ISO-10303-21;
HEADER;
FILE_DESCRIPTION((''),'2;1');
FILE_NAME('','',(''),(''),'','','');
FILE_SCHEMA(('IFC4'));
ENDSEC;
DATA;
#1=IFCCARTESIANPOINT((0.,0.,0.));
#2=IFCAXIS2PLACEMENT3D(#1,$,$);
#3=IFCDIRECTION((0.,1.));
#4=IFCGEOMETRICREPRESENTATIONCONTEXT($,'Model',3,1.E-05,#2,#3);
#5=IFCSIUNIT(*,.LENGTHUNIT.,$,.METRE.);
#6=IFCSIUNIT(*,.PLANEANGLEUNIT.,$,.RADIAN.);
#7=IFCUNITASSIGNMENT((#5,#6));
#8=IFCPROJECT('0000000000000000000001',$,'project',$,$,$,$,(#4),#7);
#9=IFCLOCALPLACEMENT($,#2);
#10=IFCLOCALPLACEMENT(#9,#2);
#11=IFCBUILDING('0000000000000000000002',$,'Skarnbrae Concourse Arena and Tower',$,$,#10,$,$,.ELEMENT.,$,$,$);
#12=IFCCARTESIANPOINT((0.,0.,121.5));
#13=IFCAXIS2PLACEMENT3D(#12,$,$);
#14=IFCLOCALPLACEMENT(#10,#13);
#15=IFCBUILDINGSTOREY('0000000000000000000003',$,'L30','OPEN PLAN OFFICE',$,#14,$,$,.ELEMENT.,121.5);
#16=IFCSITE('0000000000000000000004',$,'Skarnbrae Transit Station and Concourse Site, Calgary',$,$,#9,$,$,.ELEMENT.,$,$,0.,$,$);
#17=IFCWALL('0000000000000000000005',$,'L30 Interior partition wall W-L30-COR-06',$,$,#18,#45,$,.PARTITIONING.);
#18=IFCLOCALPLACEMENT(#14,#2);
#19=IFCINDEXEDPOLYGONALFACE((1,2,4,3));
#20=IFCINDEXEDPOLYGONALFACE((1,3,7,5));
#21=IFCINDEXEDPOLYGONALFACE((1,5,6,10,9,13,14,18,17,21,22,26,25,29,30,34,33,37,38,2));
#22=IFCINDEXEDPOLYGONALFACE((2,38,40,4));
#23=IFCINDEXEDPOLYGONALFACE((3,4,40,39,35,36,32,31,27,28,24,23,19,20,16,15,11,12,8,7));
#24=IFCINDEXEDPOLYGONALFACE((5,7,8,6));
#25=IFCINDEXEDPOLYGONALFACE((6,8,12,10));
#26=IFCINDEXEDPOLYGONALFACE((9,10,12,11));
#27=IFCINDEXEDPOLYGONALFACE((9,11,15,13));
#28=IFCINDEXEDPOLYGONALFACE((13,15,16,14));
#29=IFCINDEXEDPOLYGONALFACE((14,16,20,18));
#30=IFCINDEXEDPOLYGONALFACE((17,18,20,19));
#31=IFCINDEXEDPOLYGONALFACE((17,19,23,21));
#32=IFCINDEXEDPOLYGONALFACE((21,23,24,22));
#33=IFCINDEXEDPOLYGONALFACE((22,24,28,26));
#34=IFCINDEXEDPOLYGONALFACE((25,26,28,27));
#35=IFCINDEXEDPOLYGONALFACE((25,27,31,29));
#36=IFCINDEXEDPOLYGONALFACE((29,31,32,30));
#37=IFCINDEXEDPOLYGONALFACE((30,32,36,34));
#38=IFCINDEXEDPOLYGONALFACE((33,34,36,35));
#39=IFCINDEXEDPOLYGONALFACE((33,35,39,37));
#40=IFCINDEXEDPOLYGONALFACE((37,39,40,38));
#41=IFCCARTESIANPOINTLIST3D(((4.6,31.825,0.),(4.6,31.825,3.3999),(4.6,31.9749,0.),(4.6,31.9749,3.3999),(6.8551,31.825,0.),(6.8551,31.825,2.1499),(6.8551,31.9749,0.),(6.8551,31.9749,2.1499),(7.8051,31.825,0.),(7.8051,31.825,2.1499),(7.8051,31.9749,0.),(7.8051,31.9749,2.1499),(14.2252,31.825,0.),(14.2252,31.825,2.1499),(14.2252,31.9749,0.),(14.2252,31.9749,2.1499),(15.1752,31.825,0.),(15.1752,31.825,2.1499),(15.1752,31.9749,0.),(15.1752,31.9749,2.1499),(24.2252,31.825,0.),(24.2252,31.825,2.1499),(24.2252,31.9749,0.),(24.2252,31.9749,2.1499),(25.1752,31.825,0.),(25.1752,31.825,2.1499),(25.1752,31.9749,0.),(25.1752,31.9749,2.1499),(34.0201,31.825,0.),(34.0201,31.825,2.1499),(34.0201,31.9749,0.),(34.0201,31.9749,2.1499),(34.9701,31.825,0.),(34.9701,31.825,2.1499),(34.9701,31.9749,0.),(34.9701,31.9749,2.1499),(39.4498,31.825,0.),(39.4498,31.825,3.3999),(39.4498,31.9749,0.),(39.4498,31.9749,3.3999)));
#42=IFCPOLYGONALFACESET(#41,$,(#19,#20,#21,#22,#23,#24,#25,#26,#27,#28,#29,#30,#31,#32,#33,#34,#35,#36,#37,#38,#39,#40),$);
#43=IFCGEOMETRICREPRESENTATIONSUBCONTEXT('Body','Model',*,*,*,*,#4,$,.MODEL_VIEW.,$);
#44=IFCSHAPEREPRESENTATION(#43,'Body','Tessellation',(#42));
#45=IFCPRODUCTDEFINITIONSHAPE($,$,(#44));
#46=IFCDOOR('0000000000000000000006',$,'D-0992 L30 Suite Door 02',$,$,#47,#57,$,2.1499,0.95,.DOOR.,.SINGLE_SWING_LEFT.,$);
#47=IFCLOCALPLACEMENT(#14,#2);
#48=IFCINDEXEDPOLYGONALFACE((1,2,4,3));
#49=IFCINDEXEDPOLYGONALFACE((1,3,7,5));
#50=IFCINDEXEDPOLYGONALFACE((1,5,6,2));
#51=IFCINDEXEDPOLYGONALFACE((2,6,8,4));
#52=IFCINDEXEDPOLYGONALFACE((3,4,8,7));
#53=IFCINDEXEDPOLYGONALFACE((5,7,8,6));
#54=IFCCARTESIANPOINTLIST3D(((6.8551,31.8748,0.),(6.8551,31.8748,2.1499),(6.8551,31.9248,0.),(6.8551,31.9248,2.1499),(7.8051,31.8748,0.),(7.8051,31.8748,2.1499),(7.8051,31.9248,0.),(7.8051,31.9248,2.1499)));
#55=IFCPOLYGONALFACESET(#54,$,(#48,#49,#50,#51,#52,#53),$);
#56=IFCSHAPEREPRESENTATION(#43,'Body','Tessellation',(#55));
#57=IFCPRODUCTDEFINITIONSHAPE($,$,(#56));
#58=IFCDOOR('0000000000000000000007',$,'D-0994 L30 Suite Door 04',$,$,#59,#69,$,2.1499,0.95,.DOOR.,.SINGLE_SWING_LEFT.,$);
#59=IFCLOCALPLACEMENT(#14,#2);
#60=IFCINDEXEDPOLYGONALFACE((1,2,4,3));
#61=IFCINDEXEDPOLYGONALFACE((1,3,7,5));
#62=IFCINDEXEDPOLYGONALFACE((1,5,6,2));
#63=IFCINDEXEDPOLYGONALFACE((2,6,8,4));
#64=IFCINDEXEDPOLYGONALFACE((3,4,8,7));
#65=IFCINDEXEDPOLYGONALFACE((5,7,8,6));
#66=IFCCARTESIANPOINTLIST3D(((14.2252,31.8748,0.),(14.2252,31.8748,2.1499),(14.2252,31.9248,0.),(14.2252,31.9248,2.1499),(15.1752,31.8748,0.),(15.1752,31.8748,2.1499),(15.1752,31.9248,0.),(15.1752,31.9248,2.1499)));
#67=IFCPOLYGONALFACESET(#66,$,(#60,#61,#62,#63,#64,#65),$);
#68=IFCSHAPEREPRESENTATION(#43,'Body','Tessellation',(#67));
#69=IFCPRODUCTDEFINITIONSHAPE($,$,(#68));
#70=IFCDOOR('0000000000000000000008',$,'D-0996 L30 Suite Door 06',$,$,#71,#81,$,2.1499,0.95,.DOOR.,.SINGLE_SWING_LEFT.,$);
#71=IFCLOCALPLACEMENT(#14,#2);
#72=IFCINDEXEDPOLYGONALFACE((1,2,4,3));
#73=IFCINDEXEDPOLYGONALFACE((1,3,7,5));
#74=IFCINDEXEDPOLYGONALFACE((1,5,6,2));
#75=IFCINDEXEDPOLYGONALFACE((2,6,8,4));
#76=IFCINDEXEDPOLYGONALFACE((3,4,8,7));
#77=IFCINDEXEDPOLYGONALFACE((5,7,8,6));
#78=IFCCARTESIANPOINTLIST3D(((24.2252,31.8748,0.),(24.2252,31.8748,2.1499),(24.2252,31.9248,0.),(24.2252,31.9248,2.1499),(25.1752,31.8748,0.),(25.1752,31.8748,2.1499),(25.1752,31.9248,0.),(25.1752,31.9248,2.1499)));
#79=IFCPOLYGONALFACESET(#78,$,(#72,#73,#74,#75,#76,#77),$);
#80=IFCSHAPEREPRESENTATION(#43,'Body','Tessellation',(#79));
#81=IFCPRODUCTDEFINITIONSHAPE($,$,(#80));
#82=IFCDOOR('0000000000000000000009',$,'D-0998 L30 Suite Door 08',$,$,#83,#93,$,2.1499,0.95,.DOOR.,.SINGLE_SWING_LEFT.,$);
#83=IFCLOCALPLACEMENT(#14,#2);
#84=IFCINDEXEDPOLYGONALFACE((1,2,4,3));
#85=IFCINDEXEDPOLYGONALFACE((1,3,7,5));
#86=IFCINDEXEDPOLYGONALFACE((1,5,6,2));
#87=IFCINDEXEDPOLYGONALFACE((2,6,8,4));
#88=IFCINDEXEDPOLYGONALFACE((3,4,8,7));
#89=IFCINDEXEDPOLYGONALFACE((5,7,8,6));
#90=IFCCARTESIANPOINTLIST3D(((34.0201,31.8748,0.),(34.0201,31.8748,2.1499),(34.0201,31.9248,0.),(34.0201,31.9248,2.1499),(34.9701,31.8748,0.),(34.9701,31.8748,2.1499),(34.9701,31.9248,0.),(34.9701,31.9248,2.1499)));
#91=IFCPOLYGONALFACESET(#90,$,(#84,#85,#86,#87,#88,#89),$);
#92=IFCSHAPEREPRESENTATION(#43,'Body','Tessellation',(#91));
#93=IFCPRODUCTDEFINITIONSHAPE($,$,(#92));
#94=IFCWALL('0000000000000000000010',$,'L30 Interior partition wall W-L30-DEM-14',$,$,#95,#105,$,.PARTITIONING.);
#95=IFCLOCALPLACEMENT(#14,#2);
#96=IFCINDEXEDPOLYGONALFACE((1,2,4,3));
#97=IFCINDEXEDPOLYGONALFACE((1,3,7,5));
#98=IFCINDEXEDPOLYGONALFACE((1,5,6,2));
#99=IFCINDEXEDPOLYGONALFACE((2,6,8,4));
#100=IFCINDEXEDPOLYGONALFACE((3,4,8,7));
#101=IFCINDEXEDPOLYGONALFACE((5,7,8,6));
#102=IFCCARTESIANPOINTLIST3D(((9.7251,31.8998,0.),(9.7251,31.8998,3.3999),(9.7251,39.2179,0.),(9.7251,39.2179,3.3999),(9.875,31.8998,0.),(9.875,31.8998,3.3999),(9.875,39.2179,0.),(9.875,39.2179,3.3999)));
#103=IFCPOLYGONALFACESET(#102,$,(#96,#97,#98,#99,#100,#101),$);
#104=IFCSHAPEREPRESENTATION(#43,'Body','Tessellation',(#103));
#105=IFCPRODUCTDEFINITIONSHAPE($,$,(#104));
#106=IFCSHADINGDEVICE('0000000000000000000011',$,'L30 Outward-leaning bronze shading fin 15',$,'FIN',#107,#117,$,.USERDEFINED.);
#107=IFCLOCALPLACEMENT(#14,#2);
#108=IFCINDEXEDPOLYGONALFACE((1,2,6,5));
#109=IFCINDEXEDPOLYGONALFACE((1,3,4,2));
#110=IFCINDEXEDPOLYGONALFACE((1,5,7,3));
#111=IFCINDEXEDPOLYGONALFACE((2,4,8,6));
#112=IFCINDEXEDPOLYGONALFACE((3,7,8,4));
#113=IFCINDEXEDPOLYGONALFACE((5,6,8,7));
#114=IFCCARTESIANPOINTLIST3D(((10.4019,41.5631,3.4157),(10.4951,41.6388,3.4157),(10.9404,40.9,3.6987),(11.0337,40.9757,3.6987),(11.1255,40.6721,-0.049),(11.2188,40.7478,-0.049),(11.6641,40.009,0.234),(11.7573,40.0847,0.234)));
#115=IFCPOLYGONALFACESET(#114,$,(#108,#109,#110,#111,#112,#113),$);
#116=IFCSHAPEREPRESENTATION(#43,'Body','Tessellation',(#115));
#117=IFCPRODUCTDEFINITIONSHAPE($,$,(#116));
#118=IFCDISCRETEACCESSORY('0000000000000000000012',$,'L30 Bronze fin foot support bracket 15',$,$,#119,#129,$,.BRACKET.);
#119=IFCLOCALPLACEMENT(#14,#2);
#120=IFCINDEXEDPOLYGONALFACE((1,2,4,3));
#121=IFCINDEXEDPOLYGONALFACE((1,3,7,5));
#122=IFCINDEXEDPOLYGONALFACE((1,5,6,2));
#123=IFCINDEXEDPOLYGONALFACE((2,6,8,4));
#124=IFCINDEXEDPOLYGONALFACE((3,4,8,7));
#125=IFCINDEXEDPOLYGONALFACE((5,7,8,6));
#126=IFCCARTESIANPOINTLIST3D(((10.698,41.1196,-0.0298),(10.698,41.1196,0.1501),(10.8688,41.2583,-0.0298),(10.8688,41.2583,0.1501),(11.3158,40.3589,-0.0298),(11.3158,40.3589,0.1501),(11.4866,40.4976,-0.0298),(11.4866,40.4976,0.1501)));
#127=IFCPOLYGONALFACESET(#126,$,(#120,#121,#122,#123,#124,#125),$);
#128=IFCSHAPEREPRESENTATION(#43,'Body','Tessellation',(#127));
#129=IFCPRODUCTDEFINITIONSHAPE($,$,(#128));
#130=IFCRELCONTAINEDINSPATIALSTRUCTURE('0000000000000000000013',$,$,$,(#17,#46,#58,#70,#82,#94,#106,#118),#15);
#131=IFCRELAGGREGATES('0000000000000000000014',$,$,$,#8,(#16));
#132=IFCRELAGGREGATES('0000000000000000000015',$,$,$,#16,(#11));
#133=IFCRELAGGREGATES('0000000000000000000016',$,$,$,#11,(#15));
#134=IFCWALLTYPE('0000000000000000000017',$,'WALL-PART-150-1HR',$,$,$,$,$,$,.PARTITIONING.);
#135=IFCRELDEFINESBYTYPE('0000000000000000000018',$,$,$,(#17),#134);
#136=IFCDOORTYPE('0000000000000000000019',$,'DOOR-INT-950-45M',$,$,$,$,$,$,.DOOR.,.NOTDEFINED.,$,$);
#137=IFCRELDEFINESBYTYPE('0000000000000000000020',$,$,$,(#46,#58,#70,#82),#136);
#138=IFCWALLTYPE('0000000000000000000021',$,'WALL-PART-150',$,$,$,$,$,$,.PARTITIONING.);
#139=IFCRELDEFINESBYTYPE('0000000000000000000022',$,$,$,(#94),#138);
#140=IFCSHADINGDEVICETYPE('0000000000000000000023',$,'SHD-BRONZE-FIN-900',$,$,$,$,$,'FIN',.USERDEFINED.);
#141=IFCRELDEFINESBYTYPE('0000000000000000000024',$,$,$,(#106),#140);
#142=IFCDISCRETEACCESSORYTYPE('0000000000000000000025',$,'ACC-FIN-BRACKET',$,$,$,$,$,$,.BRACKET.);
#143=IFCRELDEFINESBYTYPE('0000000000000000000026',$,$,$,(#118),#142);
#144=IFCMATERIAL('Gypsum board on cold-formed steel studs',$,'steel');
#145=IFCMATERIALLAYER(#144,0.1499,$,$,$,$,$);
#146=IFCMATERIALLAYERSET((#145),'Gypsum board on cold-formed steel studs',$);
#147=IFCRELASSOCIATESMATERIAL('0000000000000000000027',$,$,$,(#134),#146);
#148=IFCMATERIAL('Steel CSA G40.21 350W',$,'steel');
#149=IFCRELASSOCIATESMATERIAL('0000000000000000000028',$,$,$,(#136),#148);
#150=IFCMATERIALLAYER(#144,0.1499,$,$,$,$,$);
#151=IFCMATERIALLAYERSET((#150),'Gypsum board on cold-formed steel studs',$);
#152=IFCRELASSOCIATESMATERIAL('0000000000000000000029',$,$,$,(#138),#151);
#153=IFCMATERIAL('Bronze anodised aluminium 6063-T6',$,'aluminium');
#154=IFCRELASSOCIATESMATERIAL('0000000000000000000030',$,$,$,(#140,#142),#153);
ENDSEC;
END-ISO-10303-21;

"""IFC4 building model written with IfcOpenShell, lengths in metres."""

from ifc_helpers import new_model, si_unit, direction, frame, frame_2d, origin, origin_2d, place, context, subcontext, project, spatial, rectangle, extrude, source, transform, mapped, material, layer, layer_set, type_object, element, fill, save


model = new_model("IFC4")

# Units and contexts
model_context = context("Model", 3, precision=1e-05, world=origin(), true_north=direction((0.0, 1.0)))
body_context = subcontext(model_context, "Body", "Model", "MODEL_VIEW")
ifc_project = project(units=[si_unit("LENGTHUNIT", "METRE"), si_unit("PLANEANGLEUNIT", "RADIAN")], contexts=[model_context])

# Site, building, storey
site_placement = place(None, origin())
site = spatial("IfcSite", under=ifc_project, at=site_placement, Name="Skarnbrae Transit Station and Concourse Site, Calgary", CompositionType="ELEMENT", RefElevation=0.0)
building_placement = place(site_placement, origin())
building = spatial("IfcBuilding", under=site, at=building_placement, Name="Skarnbrae Concourse Arena and Tower", CompositionType="ELEMENT")
storey_placement = place(building_placement, frame((0.0, 0.0, 121.5)))
storey = spatial("IfcBuildingStorey", under=building, at=storey_placement, Name="L30", Description="OPEN PLAN OFFICE", CompositionType="ELEMENT", Elevation=121.5)

# Shared definitions
ifc_material_1 = material(Name="Steel CSA G40.21 350W", Category="steel")

# Shared definitions
ifc_material_2 = material(Name="Bronze anodised aluminium 6063-T6", Category="aluminium")

# Wall, openings, doors
ifc_material_3 = material(Name="Gypsum board on cold-formed steel studs", Category="steel")
ifc_layer_1 = layer(ifc_material_3, 0.1499)
ifc_layer_set_1 = layer_set([ifc_layer_1], Name="Gypsum board on cold-formed steel studs")
wall_type_1 = type_object("IfcWallType", Name="WALL-PART-150-1HR", PredefinedType="PARTITIONING", material=ifc_layer_set_1)
shared_shape_1 = source(origin(), body_context, "Body", "SweptSolid", [
    extrude(rectangle(XDim=34.8499, YDim=0.1499, at=frame_2d((17.4248, 0.0))), origin(), (0.0, 0.0, 1.0), 3.3999),
])
wall_1_placement = place(storey_placement, frame((4.6001, 31.8999, 0.0), z_axis=(0.0, 0.0, 1.0), x_axis=(1.0, 0.0, 0.0)))
wall_1 = element("IfcWall", 1, at=wall_1_placement, inside=storey, type_object=wall_type_1, Name="L30 Interior partition wall W-L30-COR-06", PredefinedType="PARTITIONING", context=body_context, shape_type="MappedRepresentation", body=[
    mapped(shared_shape_1, transform((0.0, 0.0, 0.0))),
])
opening_1_placement = place(wall_1_placement, frame((2.2549, 0.0, 0.0)))
opening_1 = element("IfcOpeningElement", 2, at=opening_1_placement, cuts=wall_1, PredefinedType="OPENING", context=body_context, shape_type="SweptSolid", body=[
    extrude(rectangle(XDim=0.95, YDim=2.1499, at=frame_2d((0.4751, 1.075))), frame((0.0, 0.085, 0.0), z_axis=(0.0, -1.0, 0.0), x_axis=(1.0, 0.0, 0.0)), (0.0, 0.0, 1.0), 0.1699),
])
opening_2_placement = place(wall_1_placement, frame((9.625, 0.0, 0.0)))
opening_2 = element("IfcOpeningElement", 3, at=opening_2_placement, cuts=wall_1, PredefinedType="OPENING", context=body_context, shape_type="SweptSolid", body=[
    extrude(rectangle(XDim=0.95, YDim=2.1499, at=frame_2d((0.4751, 1.075))), frame((0.0, 0.085, 0.0), z_axis=(0.0, -1.0, 0.0), x_axis=(1.0, 0.0, 0.0)), (0.0, 0.0, 1.0), 0.1699),
])
opening_3_placement = place(wall_1_placement, frame((19.625, 0.0, 0.0)))
opening_3 = element("IfcOpeningElement", 4, at=opening_3_placement, cuts=wall_1, PredefinedType="OPENING", context=body_context, shape_type="SweptSolid", body=[
    extrude(rectangle(XDim=0.95, YDim=2.1499, at=frame_2d((0.4751, 1.075))), frame((0.0, 0.085, 0.0), z_axis=(0.0, -1.0, 0.0), x_axis=(1.0, 0.0, 0.0)), (0.0, 0.0, 1.0), 0.1699),
])
opening_4_placement = place(wall_1_placement, frame((29.4199, 0.0, 0.0)))
opening_4 = element("IfcOpeningElement", 5, at=opening_4_placement, cuts=wall_1, PredefinedType="OPENING", context=body_context, shape_type="SweptSolid", body=[
    extrude(rectangle(XDim=0.95, YDim=2.1499, at=frame_2d((0.4751, 1.075))), frame((0.0, 0.085, 0.0), z_axis=(0.0, -1.0, 0.0), x_axis=(1.0, 0.0, 0.0)), (0.0, 0.0, 1.0), 0.1699),
])
door_type = type_object("IfcDoorType", Name="DOOR-INT-950-45M", OperationType="NOTDEFINED", PredefinedType="DOOR", material=ifc_material_1)
shared_shape_2 = source(origin(), body_context, "Body", "SweptSolid", [
    extrude(rectangle(XDim=0.95, YDim=2.1499, at=frame_2d((0.4751, 1.075))), frame((0.0, 0.0249, 0.0), z_axis=(0.0, -1.0, 0.0), x_axis=(1.0, 0.0, 0.0)), (0.0, 0.0, 1.0), 0.05),
])
door_1_placement = place(opening_1_placement, origin())
door_1 = element("IfcDoor", 6, at=door_1_placement, inside=storey, type_object=door_type, Name="D-0992 L30 Suite Door 02", OperationType="SINGLE_SWING_LEFT", OverallHeight=2.1499, OverallWidth=0.95, PredefinedType="DOOR", context=body_context, shape_type="MappedRepresentation", body=[
    mapped(shared_shape_2, transform((0.0, 0.0, 0.0))),
])
fill(opening_1, door_1)
door_2_placement = place(opening_2_placement, origin())
door_2 = element("IfcDoor", 7, at=door_2_placement, inside=storey, type_object=door_type, Name="D-0994 L30 Suite Door 04", OperationType="SINGLE_SWING_LEFT", OverallHeight=2.1499, OverallWidth=0.95, PredefinedType="DOOR", context=body_context, shape_type="MappedRepresentation", body=[
    mapped(shared_shape_2, transform((0.0, 0.0, 0.0))),
])
fill(opening_2, door_2)
door_3_placement = place(opening_3_placement, origin())
door_3 = element("IfcDoor", 8, at=door_3_placement, inside=storey, type_object=door_type, Name="D-0996 L30 Suite Door 06", OperationType="SINGLE_SWING_LEFT", OverallHeight=2.1499, OverallWidth=0.95, PredefinedType="DOOR", context=body_context, shape_type="MappedRepresentation", body=[
    mapped(shared_shape_2, transform((0.0, 0.0, 0.0))),
])
fill(opening_3, door_3)
door_4_placement = place(opening_4_placement, origin())
door_4 = element("IfcDoor", 9, at=door_4_placement, inside=storey, type_object=door_type, Name="D-0998 L30 Suite Door 08", OperationType="SINGLE_SWING_LEFT", OverallHeight=2.1499, OverallWidth=0.95, PredefinedType="DOOR", context=body_context, shape_type="MappedRepresentation", body=[
    mapped(shared_shape_2, transform((0.0, 0.0, 0.0))),
])
fill(opening_4, door_4)

# Wall
ifc_layer_2 = layer(ifc_material_3, 0.1499)
ifc_layer_set_2 = layer_set([ifc_layer_2], Name="Gypsum board on cold-formed steel studs")
wall_type_2 = type_object("IfcWallType", Name="WALL-PART-150", PredefinedType="PARTITIONING", material=ifc_layer_set_2)
shared_shape_3 = source(origin(), body_context, "Body", "SweptSolid", [
    extrude(rectangle(XDim=7.3181, YDim=0.1499, at=frame_2d((3.6592, 0.0))), origin(), (0.0, 0.0, 1.0), 3.3999),
])
wall_2_placement = place(storey_placement, frame((9.8, 39.218, 0.0), z_axis=(0.0, 0.0, 1.0), x_axis=(0.0, -1.0, 0.0)))
element("IfcWall", 10, at=wall_2_placement, inside=storey, type_object=wall_type_2, Name="L30 Interior partition wall W-L30-DEM-14", PredefinedType="PARTITIONING", context=body_context, shape_type="MappedRepresentation", body=[
    mapped(shared_shape_3, transform((0.0, 0.0, 0.0))),
])

# Shading device
shading_device_type = type_object("IfcShadingDeviceType", Name="SHD-BRONZE-FIN-900", ElementType="FIN", PredefinedType="USERDEFINED", material=ifc_material_2)
shared_shape_4 = source(origin(), body_context, "Body", "SweptSolid", [
    extrude(rectangle(XDim=0.1201, YDim=0.8999, at=origin_2d()), origin(), (0.0, 0.0, 1.0), 3.6499),
])
shading_device_placement = place(storey_placement, frame((11.4414, 40.3784, 0.0925), z_axis=(-0.198264, 0.244121, 0.949261), x_axis=(0.776245, 0.630432, 0.0)))
element("IfcShadingDevice", 11, at=shading_device_placement, inside=storey, type_object=shading_device_type, Name="L30 Outward-leaning bronze shading fin 15", ObjectType="FIN", PredefinedType="USERDEFINED", context=body_context, shape_type="MappedRepresentation", body=[
    mapped(shared_shape_4, transform((0.0, 0.0, 0.0))),
])

# Discrete accessory
discrete_accessory_type = type_object("IfcDiscreteAccessoryType", Name="ACC-FIN-BRACKET", PredefinedType="BRACKET", material=ifc_material_2)
shared_shape_5 = source(origin(), body_context, "Body", "SweptSolid", [
    extrude(rectangle(XDim=0.22, YDim=0.98, at=origin_2d()), origin(), (0.0, 0.0, 1.0), 0.1799),
])
discrete_accessory_placement = place(storey_placement, frame((11.0923, 40.8086, -0.0298), z_axis=(0.0, 0.0, 1.0), x_axis=(0.776245, 0.630432, 0.0)))
element("IfcDiscreteAccessory", 12, at=discrete_accessory_placement, inside=storey, type_object=discrete_accessory_type, Name="L30 Bronze fin foot support bracket 15", PredefinedType="BRACKET", context=body_context, shape_type="MappedRepresentation", body=[
    mapped(shared_shape_5, transform((0.0, 0.0, 0.0))),
])

save(model, "model.ifc")
